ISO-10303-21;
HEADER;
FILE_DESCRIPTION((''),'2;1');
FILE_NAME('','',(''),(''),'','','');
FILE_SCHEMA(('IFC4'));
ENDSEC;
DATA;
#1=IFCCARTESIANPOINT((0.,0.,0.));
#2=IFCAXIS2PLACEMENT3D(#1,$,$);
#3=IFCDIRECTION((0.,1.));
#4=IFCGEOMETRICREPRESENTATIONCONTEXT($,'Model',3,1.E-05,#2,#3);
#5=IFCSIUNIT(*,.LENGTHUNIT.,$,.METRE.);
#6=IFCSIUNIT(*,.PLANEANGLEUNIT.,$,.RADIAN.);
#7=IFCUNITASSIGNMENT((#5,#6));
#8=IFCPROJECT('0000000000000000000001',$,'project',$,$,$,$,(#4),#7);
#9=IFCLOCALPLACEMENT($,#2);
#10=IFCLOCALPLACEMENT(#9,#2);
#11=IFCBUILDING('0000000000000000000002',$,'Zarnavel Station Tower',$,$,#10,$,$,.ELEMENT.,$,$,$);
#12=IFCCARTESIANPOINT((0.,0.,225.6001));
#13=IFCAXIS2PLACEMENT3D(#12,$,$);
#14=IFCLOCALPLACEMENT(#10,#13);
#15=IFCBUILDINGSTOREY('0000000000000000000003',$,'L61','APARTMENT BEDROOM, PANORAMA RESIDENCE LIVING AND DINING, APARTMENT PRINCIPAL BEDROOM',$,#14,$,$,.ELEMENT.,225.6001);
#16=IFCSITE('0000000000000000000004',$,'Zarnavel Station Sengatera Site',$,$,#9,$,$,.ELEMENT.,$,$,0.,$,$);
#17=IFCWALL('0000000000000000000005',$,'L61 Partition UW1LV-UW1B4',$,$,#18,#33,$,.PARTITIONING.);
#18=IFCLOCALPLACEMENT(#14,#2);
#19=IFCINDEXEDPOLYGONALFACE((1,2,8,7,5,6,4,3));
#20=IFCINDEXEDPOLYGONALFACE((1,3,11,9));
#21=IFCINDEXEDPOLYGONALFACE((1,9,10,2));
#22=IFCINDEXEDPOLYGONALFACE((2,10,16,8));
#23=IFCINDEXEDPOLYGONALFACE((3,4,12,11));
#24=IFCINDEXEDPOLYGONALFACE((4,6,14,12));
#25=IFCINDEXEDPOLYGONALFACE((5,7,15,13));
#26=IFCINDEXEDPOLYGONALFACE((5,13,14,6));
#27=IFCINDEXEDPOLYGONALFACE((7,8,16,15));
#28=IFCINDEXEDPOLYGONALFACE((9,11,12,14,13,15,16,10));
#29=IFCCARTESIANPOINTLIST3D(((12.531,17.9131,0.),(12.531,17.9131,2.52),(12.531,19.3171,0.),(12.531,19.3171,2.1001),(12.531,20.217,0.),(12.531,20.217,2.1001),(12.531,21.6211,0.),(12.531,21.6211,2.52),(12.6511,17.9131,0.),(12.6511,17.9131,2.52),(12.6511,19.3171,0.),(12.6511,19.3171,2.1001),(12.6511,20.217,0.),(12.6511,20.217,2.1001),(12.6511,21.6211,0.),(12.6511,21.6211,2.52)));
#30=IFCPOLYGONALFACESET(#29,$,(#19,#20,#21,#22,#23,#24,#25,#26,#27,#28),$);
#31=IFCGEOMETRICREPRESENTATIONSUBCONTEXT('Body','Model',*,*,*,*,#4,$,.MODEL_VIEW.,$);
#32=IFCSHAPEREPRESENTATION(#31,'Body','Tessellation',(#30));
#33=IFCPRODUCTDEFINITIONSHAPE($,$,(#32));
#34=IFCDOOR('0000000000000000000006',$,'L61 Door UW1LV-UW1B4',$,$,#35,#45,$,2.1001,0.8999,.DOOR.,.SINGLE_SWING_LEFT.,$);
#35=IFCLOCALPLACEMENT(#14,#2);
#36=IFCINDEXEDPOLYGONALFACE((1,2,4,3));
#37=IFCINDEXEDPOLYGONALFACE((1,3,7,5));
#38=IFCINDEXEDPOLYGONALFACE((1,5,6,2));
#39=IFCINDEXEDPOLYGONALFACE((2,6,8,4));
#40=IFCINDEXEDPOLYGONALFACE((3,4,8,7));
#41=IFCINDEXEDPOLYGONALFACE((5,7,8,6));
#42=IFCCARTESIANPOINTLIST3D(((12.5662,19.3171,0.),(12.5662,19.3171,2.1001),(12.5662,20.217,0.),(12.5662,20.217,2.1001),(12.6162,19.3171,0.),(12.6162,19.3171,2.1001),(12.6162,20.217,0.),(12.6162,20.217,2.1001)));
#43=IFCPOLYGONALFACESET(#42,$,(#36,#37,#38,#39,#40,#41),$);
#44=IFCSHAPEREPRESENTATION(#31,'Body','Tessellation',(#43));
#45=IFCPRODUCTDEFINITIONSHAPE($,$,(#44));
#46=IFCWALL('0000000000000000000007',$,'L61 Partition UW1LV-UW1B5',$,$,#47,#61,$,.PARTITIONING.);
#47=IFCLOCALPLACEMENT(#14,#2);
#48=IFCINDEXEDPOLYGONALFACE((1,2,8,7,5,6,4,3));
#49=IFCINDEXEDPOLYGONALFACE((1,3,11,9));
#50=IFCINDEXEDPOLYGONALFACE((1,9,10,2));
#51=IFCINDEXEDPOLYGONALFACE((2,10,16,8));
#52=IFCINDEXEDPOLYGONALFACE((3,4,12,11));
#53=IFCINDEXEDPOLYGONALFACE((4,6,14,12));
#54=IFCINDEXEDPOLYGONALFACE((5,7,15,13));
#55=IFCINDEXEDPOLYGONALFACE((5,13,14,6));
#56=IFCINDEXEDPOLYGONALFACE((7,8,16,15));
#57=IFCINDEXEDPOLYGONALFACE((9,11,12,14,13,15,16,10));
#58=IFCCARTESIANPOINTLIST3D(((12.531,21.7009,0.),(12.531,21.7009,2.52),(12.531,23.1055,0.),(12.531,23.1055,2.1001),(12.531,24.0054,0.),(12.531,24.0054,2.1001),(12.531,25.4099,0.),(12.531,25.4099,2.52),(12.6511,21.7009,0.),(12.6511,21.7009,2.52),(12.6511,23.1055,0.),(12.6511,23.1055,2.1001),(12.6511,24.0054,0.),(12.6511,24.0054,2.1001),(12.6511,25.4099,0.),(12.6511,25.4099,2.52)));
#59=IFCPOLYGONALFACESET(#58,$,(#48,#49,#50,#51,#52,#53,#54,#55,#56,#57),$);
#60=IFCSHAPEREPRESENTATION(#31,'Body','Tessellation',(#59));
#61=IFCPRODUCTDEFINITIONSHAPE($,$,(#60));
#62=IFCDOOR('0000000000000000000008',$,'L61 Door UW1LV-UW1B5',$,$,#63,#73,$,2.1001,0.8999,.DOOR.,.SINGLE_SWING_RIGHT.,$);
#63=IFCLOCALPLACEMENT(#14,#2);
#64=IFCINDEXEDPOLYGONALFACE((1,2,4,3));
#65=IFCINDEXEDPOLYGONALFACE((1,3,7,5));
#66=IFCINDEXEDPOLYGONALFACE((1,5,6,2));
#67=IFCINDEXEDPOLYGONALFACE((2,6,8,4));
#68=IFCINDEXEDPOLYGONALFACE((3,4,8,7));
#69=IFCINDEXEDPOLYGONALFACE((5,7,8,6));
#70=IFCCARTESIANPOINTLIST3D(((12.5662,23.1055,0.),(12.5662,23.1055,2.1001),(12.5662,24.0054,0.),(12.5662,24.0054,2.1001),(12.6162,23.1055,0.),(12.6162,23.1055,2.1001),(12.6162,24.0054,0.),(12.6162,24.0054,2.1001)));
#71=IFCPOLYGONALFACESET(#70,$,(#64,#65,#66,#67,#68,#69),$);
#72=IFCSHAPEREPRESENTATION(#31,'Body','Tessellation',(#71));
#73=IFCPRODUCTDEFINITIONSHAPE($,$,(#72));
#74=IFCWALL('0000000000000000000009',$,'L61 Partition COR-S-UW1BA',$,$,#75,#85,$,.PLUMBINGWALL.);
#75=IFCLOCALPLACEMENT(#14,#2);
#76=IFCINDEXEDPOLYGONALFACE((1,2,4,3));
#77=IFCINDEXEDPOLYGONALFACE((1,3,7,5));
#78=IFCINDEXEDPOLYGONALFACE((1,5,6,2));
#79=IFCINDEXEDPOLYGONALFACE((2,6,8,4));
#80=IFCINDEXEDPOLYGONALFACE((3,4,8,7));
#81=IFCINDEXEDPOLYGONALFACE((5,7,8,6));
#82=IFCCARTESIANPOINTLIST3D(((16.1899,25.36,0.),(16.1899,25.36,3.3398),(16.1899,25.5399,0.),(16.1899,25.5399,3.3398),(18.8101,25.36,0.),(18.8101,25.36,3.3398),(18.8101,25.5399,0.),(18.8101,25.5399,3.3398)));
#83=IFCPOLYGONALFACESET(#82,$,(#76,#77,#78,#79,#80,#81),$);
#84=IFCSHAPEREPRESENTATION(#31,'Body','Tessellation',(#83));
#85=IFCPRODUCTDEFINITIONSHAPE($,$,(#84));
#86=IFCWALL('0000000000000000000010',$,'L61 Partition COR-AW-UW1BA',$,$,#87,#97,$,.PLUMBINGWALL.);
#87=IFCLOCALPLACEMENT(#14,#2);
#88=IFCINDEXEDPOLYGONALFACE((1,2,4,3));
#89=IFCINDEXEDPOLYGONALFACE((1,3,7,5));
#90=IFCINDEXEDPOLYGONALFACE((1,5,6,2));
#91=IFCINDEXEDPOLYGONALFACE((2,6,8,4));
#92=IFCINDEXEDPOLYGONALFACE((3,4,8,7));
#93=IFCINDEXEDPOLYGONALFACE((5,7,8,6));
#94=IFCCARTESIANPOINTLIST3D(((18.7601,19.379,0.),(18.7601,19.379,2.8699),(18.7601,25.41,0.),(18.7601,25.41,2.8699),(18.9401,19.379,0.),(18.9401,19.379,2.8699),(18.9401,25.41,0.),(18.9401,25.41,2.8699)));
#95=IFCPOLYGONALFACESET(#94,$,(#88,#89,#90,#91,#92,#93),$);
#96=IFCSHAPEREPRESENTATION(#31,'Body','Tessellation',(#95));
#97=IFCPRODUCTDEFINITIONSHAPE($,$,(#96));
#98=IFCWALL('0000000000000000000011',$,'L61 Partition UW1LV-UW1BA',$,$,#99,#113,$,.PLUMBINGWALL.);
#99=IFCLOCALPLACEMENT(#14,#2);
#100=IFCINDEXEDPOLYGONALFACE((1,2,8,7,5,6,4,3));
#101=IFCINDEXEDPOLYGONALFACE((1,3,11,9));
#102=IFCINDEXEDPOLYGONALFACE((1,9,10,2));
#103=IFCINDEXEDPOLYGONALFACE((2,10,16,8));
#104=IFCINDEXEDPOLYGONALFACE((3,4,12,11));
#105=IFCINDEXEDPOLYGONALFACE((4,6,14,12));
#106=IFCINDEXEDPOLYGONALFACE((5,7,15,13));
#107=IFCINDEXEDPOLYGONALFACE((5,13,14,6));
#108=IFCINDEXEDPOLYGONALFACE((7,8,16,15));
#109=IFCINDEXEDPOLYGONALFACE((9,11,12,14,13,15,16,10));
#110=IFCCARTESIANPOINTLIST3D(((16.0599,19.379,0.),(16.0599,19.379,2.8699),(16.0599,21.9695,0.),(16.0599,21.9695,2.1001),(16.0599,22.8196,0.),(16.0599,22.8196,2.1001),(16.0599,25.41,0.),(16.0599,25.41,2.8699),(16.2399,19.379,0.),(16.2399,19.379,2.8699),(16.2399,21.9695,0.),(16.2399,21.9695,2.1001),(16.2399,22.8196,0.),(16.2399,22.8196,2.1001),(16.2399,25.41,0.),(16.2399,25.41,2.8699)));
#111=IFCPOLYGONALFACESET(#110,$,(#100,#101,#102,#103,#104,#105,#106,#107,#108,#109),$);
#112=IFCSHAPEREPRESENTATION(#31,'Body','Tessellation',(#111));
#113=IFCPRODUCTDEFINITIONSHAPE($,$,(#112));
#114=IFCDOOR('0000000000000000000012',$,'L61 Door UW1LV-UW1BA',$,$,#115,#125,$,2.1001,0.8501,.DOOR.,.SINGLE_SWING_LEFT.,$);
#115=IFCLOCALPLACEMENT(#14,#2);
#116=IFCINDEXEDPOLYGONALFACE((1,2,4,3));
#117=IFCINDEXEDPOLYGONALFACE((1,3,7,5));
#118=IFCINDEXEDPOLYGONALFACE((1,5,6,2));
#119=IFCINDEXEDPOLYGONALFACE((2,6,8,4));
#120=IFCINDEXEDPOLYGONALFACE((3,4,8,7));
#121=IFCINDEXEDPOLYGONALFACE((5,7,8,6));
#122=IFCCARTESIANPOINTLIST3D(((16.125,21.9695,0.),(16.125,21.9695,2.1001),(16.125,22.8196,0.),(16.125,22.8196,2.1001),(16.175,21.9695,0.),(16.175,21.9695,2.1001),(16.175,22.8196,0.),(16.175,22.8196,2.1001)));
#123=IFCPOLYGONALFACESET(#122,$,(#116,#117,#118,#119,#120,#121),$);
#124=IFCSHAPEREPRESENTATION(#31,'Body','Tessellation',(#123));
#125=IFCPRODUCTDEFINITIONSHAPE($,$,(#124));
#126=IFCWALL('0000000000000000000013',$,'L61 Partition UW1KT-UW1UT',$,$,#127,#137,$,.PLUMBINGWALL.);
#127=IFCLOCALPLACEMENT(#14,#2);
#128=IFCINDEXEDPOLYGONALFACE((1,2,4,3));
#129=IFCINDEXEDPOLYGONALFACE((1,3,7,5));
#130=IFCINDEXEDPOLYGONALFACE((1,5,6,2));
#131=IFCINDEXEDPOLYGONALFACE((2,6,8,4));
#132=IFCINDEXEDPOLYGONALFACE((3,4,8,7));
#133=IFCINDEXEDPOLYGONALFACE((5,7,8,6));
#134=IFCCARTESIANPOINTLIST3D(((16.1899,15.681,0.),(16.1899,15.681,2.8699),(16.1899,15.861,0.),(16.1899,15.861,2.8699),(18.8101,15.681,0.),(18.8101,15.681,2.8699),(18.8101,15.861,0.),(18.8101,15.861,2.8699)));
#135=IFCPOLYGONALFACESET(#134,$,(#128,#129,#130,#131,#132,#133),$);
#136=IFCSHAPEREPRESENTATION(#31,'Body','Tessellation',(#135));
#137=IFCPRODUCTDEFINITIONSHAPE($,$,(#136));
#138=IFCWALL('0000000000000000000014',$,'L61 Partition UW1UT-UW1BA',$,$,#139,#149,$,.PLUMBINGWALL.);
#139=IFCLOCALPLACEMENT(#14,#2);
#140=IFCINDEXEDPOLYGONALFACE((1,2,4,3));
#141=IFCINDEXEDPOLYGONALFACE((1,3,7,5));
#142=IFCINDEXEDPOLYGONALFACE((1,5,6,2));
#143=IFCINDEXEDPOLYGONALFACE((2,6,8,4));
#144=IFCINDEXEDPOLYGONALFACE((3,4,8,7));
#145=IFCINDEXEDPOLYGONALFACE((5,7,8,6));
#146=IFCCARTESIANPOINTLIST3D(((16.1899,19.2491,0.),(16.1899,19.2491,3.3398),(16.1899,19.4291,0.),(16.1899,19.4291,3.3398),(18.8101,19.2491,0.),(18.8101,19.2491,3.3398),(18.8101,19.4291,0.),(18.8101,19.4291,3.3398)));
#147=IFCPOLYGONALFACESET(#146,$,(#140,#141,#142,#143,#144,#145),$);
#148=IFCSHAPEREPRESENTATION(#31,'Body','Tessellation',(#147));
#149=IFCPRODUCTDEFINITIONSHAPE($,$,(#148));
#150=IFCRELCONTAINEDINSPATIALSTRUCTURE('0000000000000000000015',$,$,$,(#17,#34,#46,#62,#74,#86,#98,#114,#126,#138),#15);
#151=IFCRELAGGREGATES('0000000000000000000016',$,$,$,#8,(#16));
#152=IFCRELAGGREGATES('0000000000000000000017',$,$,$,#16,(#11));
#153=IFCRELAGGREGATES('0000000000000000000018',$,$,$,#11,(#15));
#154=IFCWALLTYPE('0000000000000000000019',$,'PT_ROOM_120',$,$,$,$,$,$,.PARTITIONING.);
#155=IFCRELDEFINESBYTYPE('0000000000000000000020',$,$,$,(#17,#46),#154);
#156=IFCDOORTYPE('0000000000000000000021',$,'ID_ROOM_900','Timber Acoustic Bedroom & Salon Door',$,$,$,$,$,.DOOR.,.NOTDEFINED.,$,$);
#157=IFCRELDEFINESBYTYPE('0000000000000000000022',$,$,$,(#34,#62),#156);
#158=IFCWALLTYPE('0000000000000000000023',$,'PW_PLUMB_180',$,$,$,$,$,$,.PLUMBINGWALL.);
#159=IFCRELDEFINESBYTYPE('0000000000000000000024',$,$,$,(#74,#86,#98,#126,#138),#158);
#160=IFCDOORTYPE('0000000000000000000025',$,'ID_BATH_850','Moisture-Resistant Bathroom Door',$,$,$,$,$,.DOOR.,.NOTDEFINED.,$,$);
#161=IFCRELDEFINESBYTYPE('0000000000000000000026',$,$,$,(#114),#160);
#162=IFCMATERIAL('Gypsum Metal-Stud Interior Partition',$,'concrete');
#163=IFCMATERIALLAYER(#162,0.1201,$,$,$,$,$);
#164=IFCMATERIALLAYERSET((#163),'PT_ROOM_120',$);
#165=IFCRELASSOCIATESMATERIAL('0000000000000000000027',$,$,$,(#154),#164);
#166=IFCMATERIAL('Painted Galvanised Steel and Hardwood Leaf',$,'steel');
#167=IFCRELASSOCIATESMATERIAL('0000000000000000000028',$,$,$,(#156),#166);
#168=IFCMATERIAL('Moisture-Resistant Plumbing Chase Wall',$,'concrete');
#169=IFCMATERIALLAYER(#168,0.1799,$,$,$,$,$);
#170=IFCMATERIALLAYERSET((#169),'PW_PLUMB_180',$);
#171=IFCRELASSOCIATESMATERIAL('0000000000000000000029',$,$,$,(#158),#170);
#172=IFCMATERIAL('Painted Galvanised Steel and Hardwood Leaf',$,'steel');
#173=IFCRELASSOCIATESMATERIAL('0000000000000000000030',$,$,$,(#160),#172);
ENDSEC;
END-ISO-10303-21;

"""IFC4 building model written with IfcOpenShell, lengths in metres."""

from ifc_helpers import new_model, si_unit, direction, frame, frame_2d, origin, place, context, subcontext, project, spatial, rectangle, extrude, material, layer, layer_set, type_object, element, fill, save


model = new_model("IFC4")

# Units and contexts
model_context = context("Model", 3, precision=1e-05, world=origin(), true_north=direction((0.0, 1.0)))
body_context = subcontext(model_context, "Body", "Model", "MODEL_VIEW")
ifc_project = project(units=[si_unit("LENGTHUNIT", "METRE"), si_unit("PLANEANGLEUNIT", "RADIAN")], contexts=[model_context])

# Site, building, storey
site_placement = place(None, origin())
site = spatial("IfcSite", under=ifc_project, at=site_placement, Name="Zarnavel Station Sengatera Site", CompositionType="ELEMENT", RefElevation=0.0)
building_placement = place(site_placement, origin())
building = spatial("IfcBuilding", under=site, at=building_placement, Name="Zarnavel Station Tower", CompositionType="ELEMENT")
storey_placement = place(building_placement, frame((0.0, 0.0, 225.6001)))
storey = spatial("IfcBuildingStorey", under=building, at=storey_placement, Name="L61", Description="APARTMENT BEDROOM, PANORAMA RESIDENCE LIVING AND DINING, APARTMENT PRINCIPAL BEDROOM", CompositionType="ELEMENT", Elevation=225.6001)

# Walls, openings, doors
ifc_material_1 = material(Name="Gypsum Metal-Stud Interior Partition", Category="concrete")
ifc_layer_1 = layer(ifc_material_1, 0.1201)
ifc_layer_set_1 = layer_set([ifc_layer_1], Name="PT_ROOM_120")
wall_type_1 = type_object("IfcWallType", Name="PT_ROOM_120", PredefinedType="PARTITIONING", material=ifc_layer_set_1)
ifc_material_2 = material(Name="Painted Galvanised Steel and Hardwood Leaf", Category="steel")
door_type_1 = type_object("IfcDoorType", Name="ID_ROOM_900", Description="Timber Acoustic Bedroom & Salon Door", OperationType="NOTDEFINED", PredefinedType="DOOR", material=ifc_material_2)
wall_1_placement = place(storey_placement, frame((12.5911, 17.9131, 0.0), z_axis=(0.0, 0.0, 1.0), x_axis=(0.0, 1.0, 0.0)))
wall_1 = element("IfcWall", 1, at=wall_1_placement, inside=storey, type_object=wall_type_1, Name="L61 Partition UW1LV-UW1B4", PredefinedType="PARTITIONING", context=body_context, shape_type="SweptSolid", body=[
    extrude(rectangle(XDim=3.708, YDim=0.1201, at=frame_2d((1.854, 0.0))), origin(), (0.0, 0.0, 1.0), 2.52),
])
opening_1_placement = place(wall_1_placement, frame((1.4041, 0.0, 0.0)))
opening_1 = element("IfcOpeningElement", 2, at=opening_1_placement, cuts=wall_1, PredefinedType="OPENING", context=body_context, shape_type="SweptSolid", body=[
    extrude(rectangle(XDim=0.8999, YDim=2.1001, at=frame_2d((0.45, 1.05))), frame((0.0, 0.0701, 0.0), z_axis=(0.0, -1.0, 0.0), x_axis=(1.0, 0.0, 0.0)), (0.0, 0.0, 1.0), 0.1401),
])
door_1_placement = place(opening_1_placement, origin())
door_1 = element("IfcDoor", 3, at=door_1_placement, inside=storey, type_object=door_type_1, Name="L61 Door UW1LV-UW1B4", OperationType="SINGLE_SWING_LEFT", OverallHeight=2.1001, OverallWidth=0.8999, PredefinedType="DOOR", context=body_context, shape_type="SweptSolid", body=[
    extrude(rectangle(XDim=0.8999, YDim=2.1001, at=frame_2d((0.45, 1.05))), frame((0.0, 0.0249, 0.0), z_axis=(0.0, -1.0, 0.0), x_axis=(1.0, 0.0, 0.0)), (0.0, 0.0, 1.0), 0.05),
])
fill(opening_1, door_1)
wall_2_placement = place(storey_placement, frame((12.5911, 21.7009, 0.0), z_axis=(0.0, 0.0, 1.0), x_axis=(0.0, 1.0, 0.0)))
wall_2 = element("IfcWall", 4, at=wall_2_placement, inside=storey, type_object=wall_type_1, Name="L61 Partition UW1LV-UW1B5", PredefinedType="PARTITIONING", context=body_context, shape_type="SweptSolid", body=[
    extrude(rectangle(XDim=3.709, YDim=0.1201, at=frame_2d((1.8545, 0.0))), origin(), (0.0, 0.0, 1.0), 2.52),
])
opening_2_placement = place(wall_2_placement, frame((1.4045, 0.0, 0.0)))
opening_2 = element("IfcOpeningElement", 5, at=opening_2_placement, cuts=wall_2, PredefinedType="OPENING", context=body_context, shape_type="SweptSolid", body=[
    extrude(rectangle(XDim=0.8999, YDim=2.1001, at=frame_2d((0.45, 1.05))), frame((0.0, 0.0701, 0.0), z_axis=(0.0, -1.0, 0.0), x_axis=(1.0, 0.0, 0.0)), (0.0, 0.0, 1.0), 0.1401),
])
door_2_placement = place(opening_2_placement, origin())
door_2 = element("IfcDoor", 6, at=door_2_placement, inside=storey, type_object=door_type_1, Name="L61 Door UW1LV-UW1B5", OperationType="SINGLE_SWING_RIGHT", OverallHeight=2.1001, OverallWidth=0.8999, PredefinedType="DOOR", context=body_context, shape_type="SweptSolid", body=[
    extrude(rectangle(XDim=0.8999, YDim=2.1001, at=frame_2d((0.45, 1.05))), frame((0.0, 0.0249, 0.0), z_axis=(0.0, -1.0, 0.0), x_axis=(1.0, 0.0, 0.0)), (0.0, 0.0, 1.0), 0.05),
])
fill(opening_2, door_2)

# Walls
ifc_material_3 = material(Name="Moisture-Resistant Plumbing Chase Wall", Category="concrete")
ifc_layer_2 = layer(ifc_material_3, 0.1799)
ifc_layer_set_2 = layer_set([ifc_layer_2], Name="PW_PLUMB_180")
wall_type_2 = type_object("IfcWallType", Name="PW_PLUMB_180", PredefinedType="PLUMBINGWALL", material=ifc_layer_set_2)
wall_3_placement = place(storey_placement, frame((16.1899, 25.45, 0.0), z_axis=(0.0, 0.0, 1.0), x_axis=(1.0, 0.0, 0.0)))
element("IfcWall", 7, at=wall_3_placement, inside=storey, type_object=wall_type_2, Name="L61 Partition COR-S-UW1BA", PredefinedType="PLUMBINGWALL", context=body_context, shape_type="SweptSolid", body=[
    extrude(rectangle(XDim=2.6201, YDim=0.1799, at=frame_2d((1.3101, 0.0))), origin(), (0.0, 0.0, 1.0), 3.3398),
])
wall_4_placement = place(storey_placement, frame((18.8501, 19.3789, 0.0), z_axis=(0.0, 0.0, 1.0), x_axis=(0.0, 1.0, 0.0)))
element("IfcWall", 8, at=wall_4_placement, inside=storey, type_object=wall_type_2, Name="L61 Partition COR-AW-UW1BA", PredefinedType="PLUMBINGWALL", context=body_context, shape_type="SweptSolid", body=[
    extrude(rectangle(XDim=6.031, YDim=0.1799, at=frame_2d((3.0156, 0.0))), origin(), (0.0, 0.0, 1.0), 2.8699),
])

# Wall, opening, door
wall_5_placement = place(storey_placement, frame((16.1499, 19.3789, 0.0), z_axis=(0.0, 0.0, 1.0), x_axis=(0.0, 1.0, 0.0)))
wall_5 = element("IfcWall", 9, at=wall_5_placement, inside=storey, type_object=wall_type_2, Name="L61 Partition UW1LV-UW1BA", PredefinedType="PLUMBINGWALL", context=body_context, shape_type="SweptSolid", body=[
    extrude(rectangle(XDim=6.031, YDim=0.1799, at=frame_2d((3.0156, 0.0))), origin(), (0.0, 0.0, 1.0), 2.8699),
])
opening_3_placement = place(wall_5_placement, frame((2.5906, 0.0, 0.0)))
opening_3 = element("IfcOpeningElement", 10, at=opening_3_placement, cuts=wall_5, PredefinedType="OPENING", context=body_context, shape_type="SweptSolid", body=[
    extrude(rectangle(XDim=0.8501, YDim=2.1001, at=frame_2d((0.425, 1.05))), frame((0.0, 0.0999, 0.0), z_axis=(0.0, -1.0, 0.0), x_axis=(1.0, 0.0, 0.0)), (0.0, 0.0, 1.0), 0.2),
])
ifc_material_4 = material(Name="Painted Galvanised Steel and Hardwood Leaf", Category="steel")
door_type_2 = type_object("IfcDoorType", Name="ID_BATH_850", Description="Moisture-Resistant Bathroom Door", OperationType="NOTDEFINED", PredefinedType="DOOR", material=ifc_material_4)
door_3_placement = place(opening_3_placement, origin())
door_3 = element("IfcDoor", 11, at=door_3_placement, inside=storey, type_object=door_type_2, Name="L61 Door UW1LV-UW1BA", OperationType="SINGLE_SWING_LEFT", OverallHeight=2.1001, OverallWidth=0.8501, PredefinedType="DOOR", context=body_context, shape_type="SweptSolid", body=[
    extrude(rectangle(XDim=0.8501, YDim=2.1001, at=frame_2d((0.425, 1.05))), frame((0.0, 0.0249, 0.0), z_axis=(0.0, -1.0, 0.0), x_axis=(1.0, 0.0, 0.0)), (0.0, 0.0, 1.0), 0.05),
])
fill(opening_3, door_3)

# Walls
wall_6_placement = place(storey_placement, frame((16.1899, 15.771, 0.0), z_axis=(0.0, 0.0, 1.0), x_axis=(1.0, 0.0, 0.0)))
element("IfcWall", 12, at=wall_6_placement, inside=storey, type_object=wall_type_2, Name="L61 Partition UW1KT-UW1UT", PredefinedType="PLUMBINGWALL", context=body_context, shape_type="SweptSolid", body=[
    extrude(rectangle(XDim=2.6201, YDim=0.1799, at=frame_2d((1.3101, 0.0))), origin(), (0.0, 0.0, 1.0), 2.8699),
])
wall_7_placement = place(storey_placement, frame((16.1899, 19.3391, 0.0), z_axis=(0.0, 0.0, 1.0), x_axis=(1.0, 0.0, 0.0)))
element("IfcWall", 13, at=wall_7_placement, inside=storey, type_object=wall_type_2, Name="L61 Partition UW1UT-UW1BA", PredefinedType="PLUMBINGWALL", context=body_context, shape_type="SweptSolid", body=[
    extrude(rectangle(XDim=2.6201, YDim=0.1799, at=frame_2d((1.3101, 0.0))), origin(), (0.0, 0.0, 1.0), 3.3398),
])

save(model, "model.ifc")
